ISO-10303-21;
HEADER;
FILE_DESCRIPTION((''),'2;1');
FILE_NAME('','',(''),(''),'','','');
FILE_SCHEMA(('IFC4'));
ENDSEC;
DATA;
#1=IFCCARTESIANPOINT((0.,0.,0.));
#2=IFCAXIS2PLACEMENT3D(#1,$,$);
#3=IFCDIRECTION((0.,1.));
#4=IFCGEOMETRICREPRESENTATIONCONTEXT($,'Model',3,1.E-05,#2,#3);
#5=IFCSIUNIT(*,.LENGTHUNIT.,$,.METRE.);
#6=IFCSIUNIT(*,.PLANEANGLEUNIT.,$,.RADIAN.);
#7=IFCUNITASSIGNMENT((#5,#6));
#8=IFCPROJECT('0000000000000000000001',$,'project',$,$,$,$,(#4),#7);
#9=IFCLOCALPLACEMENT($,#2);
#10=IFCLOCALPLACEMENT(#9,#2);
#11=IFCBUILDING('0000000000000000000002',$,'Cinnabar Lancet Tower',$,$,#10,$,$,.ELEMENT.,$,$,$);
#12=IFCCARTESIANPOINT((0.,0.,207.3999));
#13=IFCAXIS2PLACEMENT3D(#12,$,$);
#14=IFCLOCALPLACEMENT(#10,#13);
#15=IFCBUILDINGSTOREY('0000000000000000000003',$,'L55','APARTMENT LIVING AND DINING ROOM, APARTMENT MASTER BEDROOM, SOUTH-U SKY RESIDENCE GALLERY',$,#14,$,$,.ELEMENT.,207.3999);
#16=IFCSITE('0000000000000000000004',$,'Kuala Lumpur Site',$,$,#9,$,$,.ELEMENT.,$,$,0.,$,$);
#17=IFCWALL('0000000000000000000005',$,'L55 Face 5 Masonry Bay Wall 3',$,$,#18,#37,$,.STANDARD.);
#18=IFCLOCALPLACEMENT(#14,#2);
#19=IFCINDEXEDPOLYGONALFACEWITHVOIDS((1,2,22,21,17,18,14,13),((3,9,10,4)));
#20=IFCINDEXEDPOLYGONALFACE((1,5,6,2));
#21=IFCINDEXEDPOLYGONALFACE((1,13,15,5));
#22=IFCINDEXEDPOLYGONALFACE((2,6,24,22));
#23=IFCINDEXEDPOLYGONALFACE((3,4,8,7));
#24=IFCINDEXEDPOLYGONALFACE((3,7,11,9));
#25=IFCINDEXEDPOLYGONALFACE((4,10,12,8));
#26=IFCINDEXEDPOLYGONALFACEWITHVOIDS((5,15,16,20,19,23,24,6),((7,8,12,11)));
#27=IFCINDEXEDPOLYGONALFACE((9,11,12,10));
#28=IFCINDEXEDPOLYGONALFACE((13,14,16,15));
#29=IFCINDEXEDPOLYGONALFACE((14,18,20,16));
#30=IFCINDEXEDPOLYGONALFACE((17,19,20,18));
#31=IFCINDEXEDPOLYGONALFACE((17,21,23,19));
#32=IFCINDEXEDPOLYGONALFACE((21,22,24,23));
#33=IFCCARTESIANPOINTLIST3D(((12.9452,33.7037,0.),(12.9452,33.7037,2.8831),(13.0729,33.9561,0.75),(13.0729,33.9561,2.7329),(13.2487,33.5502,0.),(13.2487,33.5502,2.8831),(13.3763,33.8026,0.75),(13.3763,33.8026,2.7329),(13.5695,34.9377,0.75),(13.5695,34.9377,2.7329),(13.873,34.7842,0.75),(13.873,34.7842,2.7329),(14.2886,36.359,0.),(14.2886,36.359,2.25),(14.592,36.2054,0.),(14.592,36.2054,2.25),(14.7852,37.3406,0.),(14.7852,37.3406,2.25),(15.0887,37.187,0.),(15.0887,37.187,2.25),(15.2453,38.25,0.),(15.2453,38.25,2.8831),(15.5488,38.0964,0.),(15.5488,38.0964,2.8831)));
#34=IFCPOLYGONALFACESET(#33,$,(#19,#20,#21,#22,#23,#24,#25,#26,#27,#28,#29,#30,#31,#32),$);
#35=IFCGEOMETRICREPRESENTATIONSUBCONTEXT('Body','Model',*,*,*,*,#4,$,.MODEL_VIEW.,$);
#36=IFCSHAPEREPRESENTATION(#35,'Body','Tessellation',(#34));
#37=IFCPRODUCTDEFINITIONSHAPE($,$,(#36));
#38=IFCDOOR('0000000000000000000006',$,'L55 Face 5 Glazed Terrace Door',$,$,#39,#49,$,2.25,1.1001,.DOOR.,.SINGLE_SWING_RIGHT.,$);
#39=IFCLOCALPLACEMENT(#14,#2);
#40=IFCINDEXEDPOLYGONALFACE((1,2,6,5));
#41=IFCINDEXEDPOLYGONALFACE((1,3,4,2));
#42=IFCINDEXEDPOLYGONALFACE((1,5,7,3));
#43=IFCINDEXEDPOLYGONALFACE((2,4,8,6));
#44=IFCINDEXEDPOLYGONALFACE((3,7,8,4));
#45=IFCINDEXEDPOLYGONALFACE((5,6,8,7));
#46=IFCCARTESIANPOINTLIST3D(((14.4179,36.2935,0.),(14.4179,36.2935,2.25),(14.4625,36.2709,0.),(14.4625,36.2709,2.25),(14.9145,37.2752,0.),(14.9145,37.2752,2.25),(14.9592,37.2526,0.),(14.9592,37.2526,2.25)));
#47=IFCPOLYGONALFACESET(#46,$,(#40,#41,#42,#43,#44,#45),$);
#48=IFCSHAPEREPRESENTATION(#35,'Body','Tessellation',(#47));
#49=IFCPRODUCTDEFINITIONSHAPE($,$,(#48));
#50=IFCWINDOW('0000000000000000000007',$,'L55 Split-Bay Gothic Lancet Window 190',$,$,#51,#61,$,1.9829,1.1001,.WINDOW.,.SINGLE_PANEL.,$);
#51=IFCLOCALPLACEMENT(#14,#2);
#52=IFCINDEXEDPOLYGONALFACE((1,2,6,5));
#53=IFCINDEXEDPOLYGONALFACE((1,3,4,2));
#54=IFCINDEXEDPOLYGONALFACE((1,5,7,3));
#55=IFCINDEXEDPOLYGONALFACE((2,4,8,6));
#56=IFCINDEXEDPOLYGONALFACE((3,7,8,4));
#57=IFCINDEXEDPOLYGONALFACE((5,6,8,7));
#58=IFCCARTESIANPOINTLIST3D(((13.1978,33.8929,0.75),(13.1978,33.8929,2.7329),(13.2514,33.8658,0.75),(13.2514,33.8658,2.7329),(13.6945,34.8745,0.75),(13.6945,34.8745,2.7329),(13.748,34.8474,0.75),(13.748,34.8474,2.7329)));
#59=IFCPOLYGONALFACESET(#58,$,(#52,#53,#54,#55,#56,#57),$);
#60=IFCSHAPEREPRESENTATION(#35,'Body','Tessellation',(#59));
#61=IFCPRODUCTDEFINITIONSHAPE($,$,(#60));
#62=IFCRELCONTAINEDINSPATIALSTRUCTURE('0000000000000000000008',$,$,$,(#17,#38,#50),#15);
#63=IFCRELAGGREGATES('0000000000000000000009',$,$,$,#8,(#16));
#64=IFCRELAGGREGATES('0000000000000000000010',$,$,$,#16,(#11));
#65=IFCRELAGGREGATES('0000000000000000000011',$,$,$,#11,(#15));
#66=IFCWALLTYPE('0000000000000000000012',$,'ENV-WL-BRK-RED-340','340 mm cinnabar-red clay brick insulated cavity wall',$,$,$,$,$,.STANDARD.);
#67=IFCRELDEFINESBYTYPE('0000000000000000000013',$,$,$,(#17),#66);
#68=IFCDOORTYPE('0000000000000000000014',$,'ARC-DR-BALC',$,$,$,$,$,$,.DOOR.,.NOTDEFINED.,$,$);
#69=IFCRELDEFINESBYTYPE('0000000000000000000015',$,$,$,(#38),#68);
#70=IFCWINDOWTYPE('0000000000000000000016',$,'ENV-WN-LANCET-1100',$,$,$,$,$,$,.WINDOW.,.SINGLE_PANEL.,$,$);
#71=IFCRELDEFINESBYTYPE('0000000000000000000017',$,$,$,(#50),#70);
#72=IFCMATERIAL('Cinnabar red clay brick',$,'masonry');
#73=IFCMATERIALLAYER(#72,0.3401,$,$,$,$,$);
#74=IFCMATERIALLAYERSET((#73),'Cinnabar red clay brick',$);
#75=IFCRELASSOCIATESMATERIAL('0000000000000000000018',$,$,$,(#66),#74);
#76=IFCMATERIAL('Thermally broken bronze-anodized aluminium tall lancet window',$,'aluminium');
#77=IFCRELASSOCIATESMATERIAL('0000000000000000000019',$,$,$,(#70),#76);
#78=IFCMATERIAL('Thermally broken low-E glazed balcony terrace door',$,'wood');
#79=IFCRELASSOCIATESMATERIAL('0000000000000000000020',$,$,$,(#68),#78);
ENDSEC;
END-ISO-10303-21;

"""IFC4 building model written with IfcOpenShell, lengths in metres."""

from ifc_helpers import new_model, si_unit, direction, frame, frame_2d, origin, place, context, subcontext, project, spatial, rectangle, extrude, material, layer, layer_set, type_object, element, fill, save


model = new_model("IFC4")

# Units and contexts
model_context = context("Model", 3, precision=1e-05, world=origin(), true_north=direction((0.0, 1.0)))
body_context = subcontext(model_context, "Body", "Model", "MODEL_VIEW")
ifc_project = project(units=[si_unit("LENGTHUNIT", "METRE"), si_unit("PLANEANGLEUNIT", "RADIAN")], contexts=[model_context])

# Site, building, storey
site_placement = place(None, origin())
site = spatial("IfcSite", under=ifc_project, at=site_placement, Name="Kuala Lumpur Site", CompositionType="ELEMENT", RefElevation=0.0)
building_placement = place(site_placement, origin())
building = spatial("IfcBuilding", under=site, at=building_placement, Name="Cinnabar Lancet Tower", CompositionType="ELEMENT")
storey_placement = place(building_placement, frame((0.0, 0.0, 207.3999)))
storey = spatial("IfcBuildingStorey", under=building, at=storey_placement, Name="L55", Description="APARTMENT LIVING AND DINING ROOM, APARTMENT MASTER BEDROOM, SOUTH-U SKY RESIDENCE GALLERY", CompositionType="ELEMENT", Elevation=207.3999)

# Shared definitions
ifc_material_1 = material(Name="Cinnabar red clay brick", Category="masonry")
ifc_layer_1 = layer(ifc_material_1, 0.3401)
ifc_layer_set_1 = layer_set([ifc_layer_1], Name="Cinnabar red clay brick")
wall_type_1 = type_object("IfcWallType", Name="ENV-WL-BRK-RED-340", Description="340 mm cinnabar-red clay brick insulated cavity wall", PredefinedType="STANDARD", material=ifc_layer_set_1)

# Shared definitions
ifc_material_2 = material(Name="Thermally broken bronze-anodized aluminium tall lancet window", Category="aluminium")
window_type = type_object("IfcWindowType", Name="ENV-WN-LANCET-1100", PartitioningType="SINGLE_PANEL", PredefinedType="WINDOW", material=ifc_material_2)

# Wall, openings, door, window
wall_1_placement = place(storey_placement, frame((15.397, 38.1731, 0.0), z_axis=(0.0, 0.0, 1.0), x_axis=(-0.451445, -0.892299, 0.0)))
wall_1 = element("IfcWall", 1, at=wall_1_placement, inside=storey, type_object=wall_type_1, Name="L55 Face 5 Masonry Bay Wall 3", PredefinedType="STANDARD", context=body_context, shape_type="SweptSolid", body=[
    extrude(rectangle(XDim=5.095, YDim=0.3401, at=frame_2d((2.5474, 0.0))), origin(), (0.0, 0.0, 1.0), 2.8831),
])
opening_1_placement = place(wall_1_placement, frame((1.019, 0.0, 0.0)))
opening_1 = element("IfcOpeningElement", 2, at=opening_1_placement, cuts=wall_1, PredefinedType="OPENING", context=body_context, shape_type="SweptSolid", body=[
    extrude(rectangle(XDim=1.1001, YDim=2.25, at=frame_2d((0.55, 1.125))), frame((0.0, 0.1799, 0.0), z_axis=(0.0, -1.0, 0.0), x_axis=(1.0, 0.0, 0.0)), (0.0, 0.0, 1.0), 0.3601),
])
opening_2_placement = place(wall_1_placement, frame((3.7119, 0.0, 0.75)))
opening_2 = element("IfcOpeningElement", 3, at=opening_2_placement, cuts=wall_1, PredefinedType="OPENING", context=body_context, shape_type="SweptSolid", body=[
    extrude(rectangle(XDim=1.1001, YDim=1.9829, at=frame_2d((0.55, 0.9915))), frame((0.0, 0.1799, 0.0), z_axis=(0.0, -1.0, 0.0), x_axis=(1.0, 0.0, 0.0)), (0.0, 0.0, 1.0), 0.3601),
])
ifc_material_3 = material(Name="Thermally broken low-E glazed balcony terrace door", Category="wood")
door_type_1 = type_object("IfcDoorType", Name="ARC-DR-BALC", OperationType="NOTDEFINED", PredefinedType="DOOR", material=ifc_material_3)
door_1_placement = place(opening_1_placement, origin())
door_1 = element("IfcDoor", 4, at=door_1_placement, inside=storey, type_object=door_type_1, Name="L55 Face 5 Glazed Terrace Door", OperationType="SINGLE_SWING_RIGHT", OverallHeight=2.25, OverallWidth=1.1001, PredefinedType="DOOR", context=body_context, shape_type="SweptSolid", body=[
    extrude(rectangle(XDim=1.1001, YDim=2.25, at=frame_2d((0.55, 1.125))), frame((0.0, 0.0249, 0.0), z_axis=(0.0, -1.0, 0.0), x_axis=(1.0, 0.0, 0.0)), (0.0, 0.0, 1.0), 0.05),
])
fill(opening_1, door_1)
window_1_placement = place(opening_2_placement, origin())
window_1 = element("IfcWindow", 5, at=window_1_placement, inside=storey, type_object=window_type, Name="L55 Split-Bay Gothic Lancet Window 190", OverallHeight=1.9829, OverallWidth=1.1001, PartitioningType="SINGLE_PANEL", PredefinedType="WINDOW", context=body_context, shape_type="SweptSolid", body=[
    extrude(rectangle(XDim=1.1001, YDim=1.9829, at=frame_2d((0.55, 0.9915))), frame((0.0, 0.03, 0.0), z_axis=(0.0, -1.0, 0.0), x_axis=(1.0, 0.0, 0.0)), (0.0, 0.0, 1.0), 0.0601),
])
fill(opening_2, window_1)

save(model, "model.ifc")
